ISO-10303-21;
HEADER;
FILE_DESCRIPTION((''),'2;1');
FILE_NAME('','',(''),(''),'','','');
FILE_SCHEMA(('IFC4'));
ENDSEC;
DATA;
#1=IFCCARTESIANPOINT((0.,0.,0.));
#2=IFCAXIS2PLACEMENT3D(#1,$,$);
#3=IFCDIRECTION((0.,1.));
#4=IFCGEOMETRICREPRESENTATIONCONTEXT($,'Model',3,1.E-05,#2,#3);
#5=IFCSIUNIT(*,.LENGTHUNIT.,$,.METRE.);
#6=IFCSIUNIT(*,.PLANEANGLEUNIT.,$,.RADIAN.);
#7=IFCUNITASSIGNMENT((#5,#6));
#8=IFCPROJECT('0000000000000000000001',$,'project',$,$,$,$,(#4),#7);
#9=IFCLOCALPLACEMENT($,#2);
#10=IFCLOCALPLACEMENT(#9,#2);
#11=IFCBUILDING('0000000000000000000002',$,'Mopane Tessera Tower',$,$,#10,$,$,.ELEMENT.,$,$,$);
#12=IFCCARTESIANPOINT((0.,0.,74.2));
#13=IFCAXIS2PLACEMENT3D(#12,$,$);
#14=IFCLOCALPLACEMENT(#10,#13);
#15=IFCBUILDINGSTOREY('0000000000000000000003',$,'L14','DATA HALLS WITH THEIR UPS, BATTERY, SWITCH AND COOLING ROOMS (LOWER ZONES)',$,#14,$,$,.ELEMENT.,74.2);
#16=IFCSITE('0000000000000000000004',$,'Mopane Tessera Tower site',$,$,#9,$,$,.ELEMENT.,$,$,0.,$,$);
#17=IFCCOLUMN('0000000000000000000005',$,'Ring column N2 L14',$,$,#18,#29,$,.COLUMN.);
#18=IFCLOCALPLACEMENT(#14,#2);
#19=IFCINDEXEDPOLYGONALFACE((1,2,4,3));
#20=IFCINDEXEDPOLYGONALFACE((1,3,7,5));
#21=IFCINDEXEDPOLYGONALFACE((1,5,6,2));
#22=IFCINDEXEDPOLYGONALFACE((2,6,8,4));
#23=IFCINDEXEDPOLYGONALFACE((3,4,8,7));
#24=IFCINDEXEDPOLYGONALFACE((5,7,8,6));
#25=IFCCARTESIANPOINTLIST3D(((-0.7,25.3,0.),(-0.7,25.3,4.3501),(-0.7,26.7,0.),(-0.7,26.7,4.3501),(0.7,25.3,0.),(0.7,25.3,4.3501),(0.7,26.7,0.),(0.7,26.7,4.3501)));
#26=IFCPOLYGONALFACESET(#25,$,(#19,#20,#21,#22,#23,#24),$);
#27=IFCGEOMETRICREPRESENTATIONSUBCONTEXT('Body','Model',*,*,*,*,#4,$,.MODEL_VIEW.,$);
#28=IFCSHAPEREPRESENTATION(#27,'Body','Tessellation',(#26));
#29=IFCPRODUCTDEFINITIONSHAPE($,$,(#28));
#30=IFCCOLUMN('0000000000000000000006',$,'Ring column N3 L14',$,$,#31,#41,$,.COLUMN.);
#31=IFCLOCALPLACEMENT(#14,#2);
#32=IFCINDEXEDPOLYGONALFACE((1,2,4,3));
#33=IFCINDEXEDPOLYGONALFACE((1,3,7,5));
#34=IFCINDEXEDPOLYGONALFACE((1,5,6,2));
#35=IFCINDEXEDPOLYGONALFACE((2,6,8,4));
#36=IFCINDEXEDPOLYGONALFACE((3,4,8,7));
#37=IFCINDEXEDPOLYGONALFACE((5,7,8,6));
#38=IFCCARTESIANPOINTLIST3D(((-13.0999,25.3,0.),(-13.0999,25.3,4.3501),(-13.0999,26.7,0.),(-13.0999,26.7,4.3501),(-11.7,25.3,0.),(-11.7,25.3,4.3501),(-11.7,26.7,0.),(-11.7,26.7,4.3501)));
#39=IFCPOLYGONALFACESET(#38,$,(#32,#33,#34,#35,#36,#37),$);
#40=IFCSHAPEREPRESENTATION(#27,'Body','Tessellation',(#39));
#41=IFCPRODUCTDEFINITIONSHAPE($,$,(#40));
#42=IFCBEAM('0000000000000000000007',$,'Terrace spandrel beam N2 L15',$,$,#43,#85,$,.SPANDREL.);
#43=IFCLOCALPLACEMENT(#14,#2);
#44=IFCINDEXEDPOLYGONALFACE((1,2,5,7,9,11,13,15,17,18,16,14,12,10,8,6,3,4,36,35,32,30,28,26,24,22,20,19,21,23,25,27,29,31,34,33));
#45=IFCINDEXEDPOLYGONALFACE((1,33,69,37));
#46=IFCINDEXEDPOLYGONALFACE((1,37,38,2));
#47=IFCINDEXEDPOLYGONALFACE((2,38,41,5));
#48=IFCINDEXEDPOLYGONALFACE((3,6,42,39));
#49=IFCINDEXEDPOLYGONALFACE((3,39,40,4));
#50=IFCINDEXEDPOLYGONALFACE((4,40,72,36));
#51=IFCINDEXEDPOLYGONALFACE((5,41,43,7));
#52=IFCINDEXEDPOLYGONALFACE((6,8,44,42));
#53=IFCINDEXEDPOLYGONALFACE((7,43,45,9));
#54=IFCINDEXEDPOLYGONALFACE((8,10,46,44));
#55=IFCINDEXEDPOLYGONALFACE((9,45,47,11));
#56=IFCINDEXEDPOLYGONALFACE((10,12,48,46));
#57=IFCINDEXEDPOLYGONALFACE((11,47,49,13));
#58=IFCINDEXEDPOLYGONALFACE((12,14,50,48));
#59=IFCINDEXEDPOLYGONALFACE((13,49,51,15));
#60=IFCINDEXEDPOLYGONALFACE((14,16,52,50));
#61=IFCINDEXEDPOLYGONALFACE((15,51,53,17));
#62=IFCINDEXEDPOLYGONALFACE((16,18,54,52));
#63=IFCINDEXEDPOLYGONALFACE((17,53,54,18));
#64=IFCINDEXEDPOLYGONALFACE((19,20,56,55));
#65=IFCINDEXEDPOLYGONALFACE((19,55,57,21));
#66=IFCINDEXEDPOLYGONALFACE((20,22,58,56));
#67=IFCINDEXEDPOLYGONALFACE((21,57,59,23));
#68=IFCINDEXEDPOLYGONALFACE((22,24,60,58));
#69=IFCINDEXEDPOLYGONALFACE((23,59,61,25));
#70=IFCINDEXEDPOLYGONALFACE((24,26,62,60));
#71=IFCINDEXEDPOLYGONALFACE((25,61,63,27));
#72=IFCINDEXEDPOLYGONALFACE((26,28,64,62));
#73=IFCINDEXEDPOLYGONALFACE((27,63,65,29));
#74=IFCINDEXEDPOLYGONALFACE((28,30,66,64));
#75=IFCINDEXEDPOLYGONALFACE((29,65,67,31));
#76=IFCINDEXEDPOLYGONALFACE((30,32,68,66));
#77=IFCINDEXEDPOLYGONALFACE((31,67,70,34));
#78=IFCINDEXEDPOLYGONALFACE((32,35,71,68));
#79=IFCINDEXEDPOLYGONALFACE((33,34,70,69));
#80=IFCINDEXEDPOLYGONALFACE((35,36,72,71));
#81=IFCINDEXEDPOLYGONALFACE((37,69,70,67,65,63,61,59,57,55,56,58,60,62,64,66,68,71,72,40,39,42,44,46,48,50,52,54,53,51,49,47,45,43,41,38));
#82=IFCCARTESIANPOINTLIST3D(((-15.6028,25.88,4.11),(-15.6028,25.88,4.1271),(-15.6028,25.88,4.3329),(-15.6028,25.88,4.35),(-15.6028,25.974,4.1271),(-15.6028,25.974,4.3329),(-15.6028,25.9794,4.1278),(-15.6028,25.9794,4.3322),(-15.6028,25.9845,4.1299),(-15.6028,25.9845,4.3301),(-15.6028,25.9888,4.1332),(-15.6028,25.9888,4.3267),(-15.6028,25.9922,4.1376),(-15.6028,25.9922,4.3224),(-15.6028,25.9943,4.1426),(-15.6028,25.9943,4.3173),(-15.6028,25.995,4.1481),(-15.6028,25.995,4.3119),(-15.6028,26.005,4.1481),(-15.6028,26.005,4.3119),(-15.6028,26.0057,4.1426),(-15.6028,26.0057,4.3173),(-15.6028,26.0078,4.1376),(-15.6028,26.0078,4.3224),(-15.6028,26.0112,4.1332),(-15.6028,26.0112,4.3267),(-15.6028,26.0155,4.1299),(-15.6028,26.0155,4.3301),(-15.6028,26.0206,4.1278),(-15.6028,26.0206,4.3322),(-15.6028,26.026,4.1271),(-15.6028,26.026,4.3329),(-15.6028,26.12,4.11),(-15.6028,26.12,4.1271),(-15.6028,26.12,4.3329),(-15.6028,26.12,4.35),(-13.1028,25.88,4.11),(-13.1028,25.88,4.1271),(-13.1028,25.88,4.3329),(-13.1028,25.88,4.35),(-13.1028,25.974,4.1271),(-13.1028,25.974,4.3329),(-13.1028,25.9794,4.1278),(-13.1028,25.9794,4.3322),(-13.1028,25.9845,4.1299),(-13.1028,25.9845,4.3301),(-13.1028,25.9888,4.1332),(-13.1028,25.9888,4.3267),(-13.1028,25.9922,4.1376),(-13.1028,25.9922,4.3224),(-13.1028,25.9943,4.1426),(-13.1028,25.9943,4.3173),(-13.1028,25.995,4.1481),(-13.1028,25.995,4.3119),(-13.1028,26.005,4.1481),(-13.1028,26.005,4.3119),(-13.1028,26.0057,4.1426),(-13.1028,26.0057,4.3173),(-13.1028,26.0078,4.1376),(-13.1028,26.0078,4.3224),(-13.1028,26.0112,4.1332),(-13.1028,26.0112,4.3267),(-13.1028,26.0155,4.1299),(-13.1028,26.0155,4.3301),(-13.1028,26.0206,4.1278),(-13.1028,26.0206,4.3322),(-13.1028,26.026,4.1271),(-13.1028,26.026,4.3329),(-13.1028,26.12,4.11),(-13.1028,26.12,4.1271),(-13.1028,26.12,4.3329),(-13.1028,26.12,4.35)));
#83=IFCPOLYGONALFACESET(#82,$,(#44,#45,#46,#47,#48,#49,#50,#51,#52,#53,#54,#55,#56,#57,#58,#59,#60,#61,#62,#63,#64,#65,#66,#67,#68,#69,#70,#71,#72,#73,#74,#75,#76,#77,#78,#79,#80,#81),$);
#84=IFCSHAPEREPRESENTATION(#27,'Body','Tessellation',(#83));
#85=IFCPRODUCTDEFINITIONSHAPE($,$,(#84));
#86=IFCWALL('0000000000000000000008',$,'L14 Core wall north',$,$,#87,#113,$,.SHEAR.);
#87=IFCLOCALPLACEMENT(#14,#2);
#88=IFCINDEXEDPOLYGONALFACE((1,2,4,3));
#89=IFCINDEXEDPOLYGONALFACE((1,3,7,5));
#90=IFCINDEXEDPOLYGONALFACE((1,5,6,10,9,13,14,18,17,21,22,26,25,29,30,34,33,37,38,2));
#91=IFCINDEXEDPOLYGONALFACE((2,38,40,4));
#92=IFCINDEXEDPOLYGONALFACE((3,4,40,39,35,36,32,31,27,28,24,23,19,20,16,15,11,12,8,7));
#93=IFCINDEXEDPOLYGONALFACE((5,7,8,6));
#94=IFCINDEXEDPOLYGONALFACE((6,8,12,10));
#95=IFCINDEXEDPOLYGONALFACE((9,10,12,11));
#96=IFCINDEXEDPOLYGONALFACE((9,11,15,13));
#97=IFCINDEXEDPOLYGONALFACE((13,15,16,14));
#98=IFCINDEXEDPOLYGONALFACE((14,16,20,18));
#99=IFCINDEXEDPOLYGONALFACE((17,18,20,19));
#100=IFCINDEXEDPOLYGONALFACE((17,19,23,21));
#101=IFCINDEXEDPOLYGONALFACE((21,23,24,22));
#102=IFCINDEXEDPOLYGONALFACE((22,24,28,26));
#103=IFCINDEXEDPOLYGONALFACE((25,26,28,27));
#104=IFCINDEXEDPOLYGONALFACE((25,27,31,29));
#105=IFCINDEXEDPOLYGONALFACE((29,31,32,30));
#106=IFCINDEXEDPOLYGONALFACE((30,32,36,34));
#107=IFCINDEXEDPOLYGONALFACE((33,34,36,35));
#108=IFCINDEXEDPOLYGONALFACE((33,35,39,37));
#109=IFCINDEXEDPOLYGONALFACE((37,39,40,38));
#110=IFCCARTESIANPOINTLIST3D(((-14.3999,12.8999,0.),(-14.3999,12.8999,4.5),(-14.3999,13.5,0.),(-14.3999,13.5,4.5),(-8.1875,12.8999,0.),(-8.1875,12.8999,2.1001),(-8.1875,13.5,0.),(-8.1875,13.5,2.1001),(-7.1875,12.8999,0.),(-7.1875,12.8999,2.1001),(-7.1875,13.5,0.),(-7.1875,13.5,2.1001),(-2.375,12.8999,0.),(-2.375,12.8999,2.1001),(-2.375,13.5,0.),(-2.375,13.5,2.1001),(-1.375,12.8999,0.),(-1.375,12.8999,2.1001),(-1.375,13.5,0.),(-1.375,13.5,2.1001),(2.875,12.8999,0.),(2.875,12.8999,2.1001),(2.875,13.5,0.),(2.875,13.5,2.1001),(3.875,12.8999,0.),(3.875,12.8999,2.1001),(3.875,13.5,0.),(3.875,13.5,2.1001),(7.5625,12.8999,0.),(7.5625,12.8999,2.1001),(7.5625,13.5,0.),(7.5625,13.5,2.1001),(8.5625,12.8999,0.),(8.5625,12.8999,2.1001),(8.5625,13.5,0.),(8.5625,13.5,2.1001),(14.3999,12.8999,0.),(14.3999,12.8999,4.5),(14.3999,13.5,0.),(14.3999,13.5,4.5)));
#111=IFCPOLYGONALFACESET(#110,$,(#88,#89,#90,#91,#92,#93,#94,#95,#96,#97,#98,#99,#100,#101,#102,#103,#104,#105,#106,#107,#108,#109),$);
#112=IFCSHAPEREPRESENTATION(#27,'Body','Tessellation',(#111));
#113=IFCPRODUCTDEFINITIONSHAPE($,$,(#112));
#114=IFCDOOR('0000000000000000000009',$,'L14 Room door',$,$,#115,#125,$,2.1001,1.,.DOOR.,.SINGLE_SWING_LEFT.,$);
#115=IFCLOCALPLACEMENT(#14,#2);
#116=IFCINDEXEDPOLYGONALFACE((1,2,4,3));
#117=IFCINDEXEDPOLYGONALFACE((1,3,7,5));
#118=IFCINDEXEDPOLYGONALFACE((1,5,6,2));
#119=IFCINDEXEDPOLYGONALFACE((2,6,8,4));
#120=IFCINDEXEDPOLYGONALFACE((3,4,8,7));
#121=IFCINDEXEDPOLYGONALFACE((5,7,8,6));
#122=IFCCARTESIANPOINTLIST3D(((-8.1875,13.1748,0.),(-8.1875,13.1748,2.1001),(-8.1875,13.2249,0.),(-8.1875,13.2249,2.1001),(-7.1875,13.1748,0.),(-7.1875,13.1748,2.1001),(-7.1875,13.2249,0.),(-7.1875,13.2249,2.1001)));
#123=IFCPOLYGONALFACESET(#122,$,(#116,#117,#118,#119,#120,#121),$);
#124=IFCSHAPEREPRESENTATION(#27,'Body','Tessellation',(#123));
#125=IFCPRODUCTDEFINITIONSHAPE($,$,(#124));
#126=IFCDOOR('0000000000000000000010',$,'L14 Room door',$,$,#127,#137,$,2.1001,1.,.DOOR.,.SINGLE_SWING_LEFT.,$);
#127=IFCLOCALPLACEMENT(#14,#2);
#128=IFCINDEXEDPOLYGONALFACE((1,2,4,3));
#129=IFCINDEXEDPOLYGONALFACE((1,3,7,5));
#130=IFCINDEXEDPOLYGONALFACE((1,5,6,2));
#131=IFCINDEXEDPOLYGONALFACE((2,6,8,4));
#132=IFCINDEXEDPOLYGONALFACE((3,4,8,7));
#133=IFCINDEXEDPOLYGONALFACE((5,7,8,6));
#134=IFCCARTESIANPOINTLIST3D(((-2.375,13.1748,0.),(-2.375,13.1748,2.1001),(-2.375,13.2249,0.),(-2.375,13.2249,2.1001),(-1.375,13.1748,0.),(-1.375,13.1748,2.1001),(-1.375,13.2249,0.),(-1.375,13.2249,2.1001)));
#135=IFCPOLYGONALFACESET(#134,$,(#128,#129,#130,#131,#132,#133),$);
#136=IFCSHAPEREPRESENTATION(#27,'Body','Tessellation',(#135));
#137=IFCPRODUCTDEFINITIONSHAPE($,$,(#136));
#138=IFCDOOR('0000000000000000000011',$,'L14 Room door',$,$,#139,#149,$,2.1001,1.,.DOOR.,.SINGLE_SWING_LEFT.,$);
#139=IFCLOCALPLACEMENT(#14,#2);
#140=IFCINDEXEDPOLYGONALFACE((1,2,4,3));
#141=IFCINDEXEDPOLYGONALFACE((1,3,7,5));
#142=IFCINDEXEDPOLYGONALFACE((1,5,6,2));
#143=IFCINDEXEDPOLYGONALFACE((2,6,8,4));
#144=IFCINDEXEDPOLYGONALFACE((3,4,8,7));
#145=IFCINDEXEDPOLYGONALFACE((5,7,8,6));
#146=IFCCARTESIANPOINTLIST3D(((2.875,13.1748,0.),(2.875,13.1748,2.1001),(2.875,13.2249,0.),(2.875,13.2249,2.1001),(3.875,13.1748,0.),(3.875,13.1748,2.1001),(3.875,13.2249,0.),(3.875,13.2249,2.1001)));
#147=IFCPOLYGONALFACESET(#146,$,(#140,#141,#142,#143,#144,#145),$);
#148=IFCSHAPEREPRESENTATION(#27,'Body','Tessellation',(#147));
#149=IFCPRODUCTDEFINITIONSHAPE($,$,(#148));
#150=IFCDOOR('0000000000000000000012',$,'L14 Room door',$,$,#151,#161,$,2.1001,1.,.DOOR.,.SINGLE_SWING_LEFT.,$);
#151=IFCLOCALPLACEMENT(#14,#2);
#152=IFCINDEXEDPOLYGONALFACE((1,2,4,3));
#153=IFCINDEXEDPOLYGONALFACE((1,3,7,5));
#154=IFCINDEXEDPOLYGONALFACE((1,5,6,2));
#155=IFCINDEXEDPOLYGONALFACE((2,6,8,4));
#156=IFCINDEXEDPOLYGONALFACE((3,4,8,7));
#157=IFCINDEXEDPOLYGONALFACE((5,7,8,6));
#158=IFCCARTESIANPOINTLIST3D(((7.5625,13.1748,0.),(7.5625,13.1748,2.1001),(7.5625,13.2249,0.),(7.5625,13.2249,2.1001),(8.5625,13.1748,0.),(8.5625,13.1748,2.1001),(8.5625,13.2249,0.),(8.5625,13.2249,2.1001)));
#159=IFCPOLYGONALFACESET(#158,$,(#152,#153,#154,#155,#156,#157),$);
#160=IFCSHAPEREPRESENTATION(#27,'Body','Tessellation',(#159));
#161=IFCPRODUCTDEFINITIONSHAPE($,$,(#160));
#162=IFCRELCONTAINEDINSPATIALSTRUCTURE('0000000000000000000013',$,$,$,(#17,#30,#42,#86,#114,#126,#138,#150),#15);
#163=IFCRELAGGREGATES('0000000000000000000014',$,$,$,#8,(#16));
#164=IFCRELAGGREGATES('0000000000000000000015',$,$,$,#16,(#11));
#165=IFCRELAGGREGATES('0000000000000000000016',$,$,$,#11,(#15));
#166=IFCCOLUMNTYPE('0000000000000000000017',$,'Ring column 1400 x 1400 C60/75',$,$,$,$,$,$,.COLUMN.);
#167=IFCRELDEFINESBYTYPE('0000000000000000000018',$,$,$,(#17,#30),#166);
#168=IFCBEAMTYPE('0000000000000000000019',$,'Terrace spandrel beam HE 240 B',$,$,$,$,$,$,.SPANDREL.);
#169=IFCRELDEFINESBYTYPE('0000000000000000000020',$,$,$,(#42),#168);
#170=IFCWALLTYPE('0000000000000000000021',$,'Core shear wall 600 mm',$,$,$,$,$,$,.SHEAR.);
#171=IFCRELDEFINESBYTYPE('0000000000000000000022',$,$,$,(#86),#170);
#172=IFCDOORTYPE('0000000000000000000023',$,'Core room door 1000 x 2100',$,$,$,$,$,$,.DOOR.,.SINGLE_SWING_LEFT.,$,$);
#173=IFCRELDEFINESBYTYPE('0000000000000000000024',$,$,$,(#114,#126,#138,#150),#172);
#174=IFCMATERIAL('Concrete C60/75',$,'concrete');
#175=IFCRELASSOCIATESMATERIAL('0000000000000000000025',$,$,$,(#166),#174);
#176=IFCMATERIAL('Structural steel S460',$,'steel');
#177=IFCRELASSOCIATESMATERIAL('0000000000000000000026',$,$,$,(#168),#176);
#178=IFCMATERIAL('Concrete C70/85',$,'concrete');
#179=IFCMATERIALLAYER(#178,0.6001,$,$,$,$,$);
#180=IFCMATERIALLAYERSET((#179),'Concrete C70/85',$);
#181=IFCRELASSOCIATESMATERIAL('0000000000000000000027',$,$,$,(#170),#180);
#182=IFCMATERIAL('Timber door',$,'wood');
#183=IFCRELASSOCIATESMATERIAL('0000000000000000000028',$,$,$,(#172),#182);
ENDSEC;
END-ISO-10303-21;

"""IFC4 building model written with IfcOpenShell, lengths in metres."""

from ifc_helpers import new_model, si_unit, direction, frame, frame_2d, origin, origin_2d, place, context, subcontext, project, spatial, rectangle, i_section, extrude, material, layer, layer_set, material_profile, profile_set, type_object, element, fill, save


model = new_model("IFC4")

# Units and contexts
model_context = context("Model", 3, precision=1e-05, world=origin(), true_north=direction((0.0, 1.0)))
body_context = subcontext(model_context, "Body", "Model", "MODEL_VIEW")
ifc_project = project(units=[si_unit("LENGTHUNIT", "METRE"), si_unit("PLANEANGLEUNIT", "RADIAN")], contexts=[model_context])

# Site, building, storey
site_placement = place(None, origin())
site = spatial("IfcSite", under=ifc_project, at=site_placement, Name="Mopane Tessera Tower site", CompositionType="ELEMENT", RefElevation=0.0)
building_placement = place(site_placement, origin())
building = spatial("IfcBuilding", under=site, at=building_placement, Name="Mopane Tessera Tower", CompositionType="ELEMENT")
storey_placement = place(building_placement, frame((0.0, 0.0, 74.2)))
storey = spatial("IfcBuildingStorey", under=building, at=storey_placement, Name="L14", Description="DATA HALLS WITH THEIR UPS, BATTERY, SWITCH AND COOLING ROOMS (LOWER ZONES)", CompositionType="ELEMENT", Elevation=74.2)

# Columns
ifc_material_1 = material(Name="Concrete C60/75", Category="concrete")
ifc_material_profile_1 = material_profile(ifc_material_1, rectangle(XDim=1.3999, YDim=1.3999, at=origin_2d()))
ifc_profile_set_1 = profile_set([ifc_material_profile_1], Name="Concrete C60/75")
column_type = type_object("IfcColumnType", Name="Ring column 1400 x 1400 C60/75", PredefinedType="COLUMN", material=ifc_profile_set_1)
for number, where, z_axis, x_axis, name in (
    (1, (0.0, 26.0, 0.0), (0.0, 0.0, 1.0), (1.0, 0.0, 0.0), "Ring column N2 L14"),
    (2, (-12.3999, 26.0, 0.0), (0.0, 0.0, 1.0), (1.0, 0.0, 0.0), "Ring column N3 L14"),
):
    element("IfcColumn", number, at=place(storey_placement, frame(where, z_axis=z_axis, x_axis=x_axis)), inside=storey, type_object=column_type, Name=name, PredefinedType="COLUMN", context=body_context, shape_type="SweptSolid", body=[
        extrude(rectangle(XDim=1.3999, YDim=1.3999, at=origin_2d()), origin(), (0.0, 0.0, 1.0), 4.3501),
    ])

# Beam
ifc_material_2 = material(Name="Structural steel S460", Category="steel")
ifc_material_profile_2 = material_profile(ifc_material_2, i_section(OverallWidth=0.24, OverallDepth=0.24, WebThickness=0.01, FlangeThickness=0.0171, FilletRadius=0.021, at=origin_2d()))
ifc_profile_set_2 = profile_set([ifc_material_profile_2], Name="Structural steel S460")
beam_type = type_object("IfcBeamType", Name="Terrace spandrel beam HE 240 B", PredefinedType="SPANDREL", material=ifc_profile_set_2)
beam_placement = place(storey_placement, frame((-13.1028, 26.0, 4.23), z_axis=(-1.0, 0.0, 0.0), x_axis=(0.0, -1.0, 0.0)))
element("IfcBeam", 3, at=beam_placement, inside=storey, type_object=beam_type, Name="Terrace spandrel beam N2 L15", PredefinedType="SPANDREL", context=body_context, shape_type="SweptSolid", body=[
    extrude(i_section(OverallWidth=0.24, OverallDepth=0.24, WebThickness=0.01, FlangeThickness=0.0171, FilletRadius=0.021, at=origin_2d()), origin(), (0.0, 0.0, 1.0), 2.5),
])

# Wall, openings, doors
ifc_material_3 = material(Name="Concrete C70/85", Category="concrete")
ifc_layer_1 = layer(ifc_material_3, 0.6001)
ifc_layer_set_1 = layer_set([ifc_layer_1], Name="Concrete C70/85")
wall_type_1 = type_object("IfcWallType", Name="Core shear wall 600 mm", PredefinedType="SHEAR", material=ifc_layer_set_1)
wall_1_placement = place(storey_placement, frame((-14.3999, 13.2, 0.0), z_axis=(0.0, 0.0, 1.0), x_axis=(1.0, 0.0, 0.0)))
wall_1 = element("IfcWall", 4, at=wall_1_placement, inside=storey, type_object=wall_type_1, Name="L14 Core wall north", PredefinedType="SHEAR", context=body_context, shape_type="SweptSolid", body=[
    extrude(rectangle(XDim=28.7998, YDim=0.6001, at=frame_2d((14.3999, 0.0))), origin(), (0.0, 0.0, 1.0), 4.5),
])
opening_1_placement = place(wall_1_placement, frame((6.2124, 0.0, 0.0)))
opening_1 = element("IfcOpeningElement", 5, at=opening_1_placement, cuts=wall_1, PredefinedType="OPENING", context=body_context, shape_type="SweptSolid", body=[
    extrude(rectangle(XDim=1.0, YDim=2.1001, at=frame_2d((0.5, 1.05))), frame((0.0, 0.312, 0.0), z_axis=(0.0, -1.0, 0.0), x_axis=(1.0, 0.0, 0.0)), (0.0, 0.0, 1.0), 0.624),
])
opening_2_placement = place(wall_1_placement, frame((12.0249, 0.0, 0.0)))
opening_2 = element("IfcOpeningElement", 6, at=opening_2_placement, cuts=wall_1, PredefinedType="OPENING", context=body_context, shape_type="SweptSolid", body=[
    extrude(rectangle(XDim=1.0, YDim=2.1001, at=frame_2d((0.5, 1.05))), frame((0.0, 0.312, 0.0), z_axis=(0.0, -1.0, 0.0), x_axis=(1.0, 0.0, 0.0)), (0.0, 0.0, 1.0), 0.624),
])
opening_3_placement = place(wall_1_placement, frame((17.2749, 0.0, 0.0)))
opening_3 = element("IfcOpeningElement", 7, at=opening_3_placement, cuts=wall_1, PredefinedType="OPENING", context=body_context, shape_type="SweptSolid", body=[
    extrude(rectangle(XDim=1.0, YDim=2.1001, at=frame_2d((0.5, 1.05))), frame((0.0, 0.312, 0.0), z_axis=(0.0, -1.0, 0.0), x_axis=(1.0, 0.0, 0.0)), (0.0, 0.0, 1.0), 0.624),
])
opening_4_placement = place(wall_1_placement, frame((21.9624, 0.0, 0.0)))
opening_4 = element("IfcOpeningElement", 8, at=opening_4_placement, cuts=wall_1, PredefinedType="OPENING", context=body_context, shape_type="SweptSolid", body=[
    extrude(rectangle(XDim=1.0, YDim=2.1001, at=frame_2d((0.5, 1.05))), frame((0.0, 0.312, 0.0), z_axis=(0.0, -1.0, 0.0), x_axis=(1.0, 0.0, 0.0)), (0.0, 0.0, 1.0), 0.624),
])
ifc_material_4 = material(Name="Timber door", Category="wood")
door_type_1 = type_object("IfcDoorType", Name="Core room door 1000 x 2100", OperationType="SINGLE_SWING_LEFT", PredefinedType="DOOR", material=ifc_material_4)
door_1_placement = place(opening_1_placement, origin())
door_1 = element("IfcDoor", 9, at=door_1_placement, inside=storey, type_object=door_type_1, Name="L14 Room door", OperationType="SINGLE_SWING_LEFT", OverallHeight=2.1001, OverallWidth=1.0, PredefinedType="DOOR", context=body_context, shape_type="SweptSolid", body=[
    extrude(rectangle(XDim=1.0, YDim=2.1001, at=frame_2d((0.5, 1.05))), frame((0.0, 0.0249, 0.0), z_axis=(0.0, -1.0, 0.0), x_axis=(1.0, 0.0, 0.0)), (0.0, 0.0, 1.0), 0.05),
])
fill(opening_1, door_1)
door_2_placement = place(opening_2_placement, origin())
door_2 = element("IfcDoor", 10, at=door_2_placement, inside=storey, type_object=door_type_1, Name="L14 Room door", OperationType="SINGLE_SWING_LEFT", OverallHeight=2.1001, OverallWidth=1.0, PredefinedType="DOOR", context=body_context, shape_type="SweptSolid", body=[
    extrude(rectangle(XDim=1.0, YDim=2.1001, at=frame_2d((0.5, 1.05))), frame((0.0, 0.0249, 0.0), z_axis=(0.0, -1.0, 0.0), x_axis=(1.0, 0.0, 0.0)), (0.0, 0.0, 1.0), 0.05),
])
fill(opening_2, door_2)
door_3_placement = place(opening_3_placement, origin())
door_3 = element("IfcDoor", 11, at=door_3_placement, inside=storey, type_object=door_type_1, Name="L14 Room door", OperationType="SINGLE_SWING_LEFT", OverallHeight=2.1001, OverallWidth=1.0, PredefinedType="DOOR", context=body_context, shape_type="SweptSolid", body=[
    extrude(rectangle(XDim=1.0, YDim=2.1001, at=frame_2d((0.5, 1.05))), frame((0.0, 0.0249, 0.0), z_axis=(0.0, -1.0, 0.0), x_axis=(1.0, 0.0, 0.0)), (0.0, 0.0, 1.0), 0.05),
])
fill(opening_3, door_3)
door_4_placement = place(opening_4_placement, origin())
door_4 = element("IfcDoor", 12, at=door_4_placement, inside=storey, type_object=door_type_1, Name="L14 Room door", OperationType="SINGLE_SWING_LEFT", OverallHeight=2.1001, OverallWidth=1.0, PredefinedType="DOOR", context=body_context, shape_type="SweptSolid", body=[
    extrude(rectangle(XDim=1.0, YDim=2.1001, at=frame_2d((0.5, 1.05))), frame((0.0, 0.0249, 0.0), z_axis=(0.0, -1.0, 0.0), x_axis=(1.0, 0.0, 0.0)), (0.0, 0.0, 1.0), 0.05),
])
fill(opening_4, door_4)

save(model, "model.ifc")
